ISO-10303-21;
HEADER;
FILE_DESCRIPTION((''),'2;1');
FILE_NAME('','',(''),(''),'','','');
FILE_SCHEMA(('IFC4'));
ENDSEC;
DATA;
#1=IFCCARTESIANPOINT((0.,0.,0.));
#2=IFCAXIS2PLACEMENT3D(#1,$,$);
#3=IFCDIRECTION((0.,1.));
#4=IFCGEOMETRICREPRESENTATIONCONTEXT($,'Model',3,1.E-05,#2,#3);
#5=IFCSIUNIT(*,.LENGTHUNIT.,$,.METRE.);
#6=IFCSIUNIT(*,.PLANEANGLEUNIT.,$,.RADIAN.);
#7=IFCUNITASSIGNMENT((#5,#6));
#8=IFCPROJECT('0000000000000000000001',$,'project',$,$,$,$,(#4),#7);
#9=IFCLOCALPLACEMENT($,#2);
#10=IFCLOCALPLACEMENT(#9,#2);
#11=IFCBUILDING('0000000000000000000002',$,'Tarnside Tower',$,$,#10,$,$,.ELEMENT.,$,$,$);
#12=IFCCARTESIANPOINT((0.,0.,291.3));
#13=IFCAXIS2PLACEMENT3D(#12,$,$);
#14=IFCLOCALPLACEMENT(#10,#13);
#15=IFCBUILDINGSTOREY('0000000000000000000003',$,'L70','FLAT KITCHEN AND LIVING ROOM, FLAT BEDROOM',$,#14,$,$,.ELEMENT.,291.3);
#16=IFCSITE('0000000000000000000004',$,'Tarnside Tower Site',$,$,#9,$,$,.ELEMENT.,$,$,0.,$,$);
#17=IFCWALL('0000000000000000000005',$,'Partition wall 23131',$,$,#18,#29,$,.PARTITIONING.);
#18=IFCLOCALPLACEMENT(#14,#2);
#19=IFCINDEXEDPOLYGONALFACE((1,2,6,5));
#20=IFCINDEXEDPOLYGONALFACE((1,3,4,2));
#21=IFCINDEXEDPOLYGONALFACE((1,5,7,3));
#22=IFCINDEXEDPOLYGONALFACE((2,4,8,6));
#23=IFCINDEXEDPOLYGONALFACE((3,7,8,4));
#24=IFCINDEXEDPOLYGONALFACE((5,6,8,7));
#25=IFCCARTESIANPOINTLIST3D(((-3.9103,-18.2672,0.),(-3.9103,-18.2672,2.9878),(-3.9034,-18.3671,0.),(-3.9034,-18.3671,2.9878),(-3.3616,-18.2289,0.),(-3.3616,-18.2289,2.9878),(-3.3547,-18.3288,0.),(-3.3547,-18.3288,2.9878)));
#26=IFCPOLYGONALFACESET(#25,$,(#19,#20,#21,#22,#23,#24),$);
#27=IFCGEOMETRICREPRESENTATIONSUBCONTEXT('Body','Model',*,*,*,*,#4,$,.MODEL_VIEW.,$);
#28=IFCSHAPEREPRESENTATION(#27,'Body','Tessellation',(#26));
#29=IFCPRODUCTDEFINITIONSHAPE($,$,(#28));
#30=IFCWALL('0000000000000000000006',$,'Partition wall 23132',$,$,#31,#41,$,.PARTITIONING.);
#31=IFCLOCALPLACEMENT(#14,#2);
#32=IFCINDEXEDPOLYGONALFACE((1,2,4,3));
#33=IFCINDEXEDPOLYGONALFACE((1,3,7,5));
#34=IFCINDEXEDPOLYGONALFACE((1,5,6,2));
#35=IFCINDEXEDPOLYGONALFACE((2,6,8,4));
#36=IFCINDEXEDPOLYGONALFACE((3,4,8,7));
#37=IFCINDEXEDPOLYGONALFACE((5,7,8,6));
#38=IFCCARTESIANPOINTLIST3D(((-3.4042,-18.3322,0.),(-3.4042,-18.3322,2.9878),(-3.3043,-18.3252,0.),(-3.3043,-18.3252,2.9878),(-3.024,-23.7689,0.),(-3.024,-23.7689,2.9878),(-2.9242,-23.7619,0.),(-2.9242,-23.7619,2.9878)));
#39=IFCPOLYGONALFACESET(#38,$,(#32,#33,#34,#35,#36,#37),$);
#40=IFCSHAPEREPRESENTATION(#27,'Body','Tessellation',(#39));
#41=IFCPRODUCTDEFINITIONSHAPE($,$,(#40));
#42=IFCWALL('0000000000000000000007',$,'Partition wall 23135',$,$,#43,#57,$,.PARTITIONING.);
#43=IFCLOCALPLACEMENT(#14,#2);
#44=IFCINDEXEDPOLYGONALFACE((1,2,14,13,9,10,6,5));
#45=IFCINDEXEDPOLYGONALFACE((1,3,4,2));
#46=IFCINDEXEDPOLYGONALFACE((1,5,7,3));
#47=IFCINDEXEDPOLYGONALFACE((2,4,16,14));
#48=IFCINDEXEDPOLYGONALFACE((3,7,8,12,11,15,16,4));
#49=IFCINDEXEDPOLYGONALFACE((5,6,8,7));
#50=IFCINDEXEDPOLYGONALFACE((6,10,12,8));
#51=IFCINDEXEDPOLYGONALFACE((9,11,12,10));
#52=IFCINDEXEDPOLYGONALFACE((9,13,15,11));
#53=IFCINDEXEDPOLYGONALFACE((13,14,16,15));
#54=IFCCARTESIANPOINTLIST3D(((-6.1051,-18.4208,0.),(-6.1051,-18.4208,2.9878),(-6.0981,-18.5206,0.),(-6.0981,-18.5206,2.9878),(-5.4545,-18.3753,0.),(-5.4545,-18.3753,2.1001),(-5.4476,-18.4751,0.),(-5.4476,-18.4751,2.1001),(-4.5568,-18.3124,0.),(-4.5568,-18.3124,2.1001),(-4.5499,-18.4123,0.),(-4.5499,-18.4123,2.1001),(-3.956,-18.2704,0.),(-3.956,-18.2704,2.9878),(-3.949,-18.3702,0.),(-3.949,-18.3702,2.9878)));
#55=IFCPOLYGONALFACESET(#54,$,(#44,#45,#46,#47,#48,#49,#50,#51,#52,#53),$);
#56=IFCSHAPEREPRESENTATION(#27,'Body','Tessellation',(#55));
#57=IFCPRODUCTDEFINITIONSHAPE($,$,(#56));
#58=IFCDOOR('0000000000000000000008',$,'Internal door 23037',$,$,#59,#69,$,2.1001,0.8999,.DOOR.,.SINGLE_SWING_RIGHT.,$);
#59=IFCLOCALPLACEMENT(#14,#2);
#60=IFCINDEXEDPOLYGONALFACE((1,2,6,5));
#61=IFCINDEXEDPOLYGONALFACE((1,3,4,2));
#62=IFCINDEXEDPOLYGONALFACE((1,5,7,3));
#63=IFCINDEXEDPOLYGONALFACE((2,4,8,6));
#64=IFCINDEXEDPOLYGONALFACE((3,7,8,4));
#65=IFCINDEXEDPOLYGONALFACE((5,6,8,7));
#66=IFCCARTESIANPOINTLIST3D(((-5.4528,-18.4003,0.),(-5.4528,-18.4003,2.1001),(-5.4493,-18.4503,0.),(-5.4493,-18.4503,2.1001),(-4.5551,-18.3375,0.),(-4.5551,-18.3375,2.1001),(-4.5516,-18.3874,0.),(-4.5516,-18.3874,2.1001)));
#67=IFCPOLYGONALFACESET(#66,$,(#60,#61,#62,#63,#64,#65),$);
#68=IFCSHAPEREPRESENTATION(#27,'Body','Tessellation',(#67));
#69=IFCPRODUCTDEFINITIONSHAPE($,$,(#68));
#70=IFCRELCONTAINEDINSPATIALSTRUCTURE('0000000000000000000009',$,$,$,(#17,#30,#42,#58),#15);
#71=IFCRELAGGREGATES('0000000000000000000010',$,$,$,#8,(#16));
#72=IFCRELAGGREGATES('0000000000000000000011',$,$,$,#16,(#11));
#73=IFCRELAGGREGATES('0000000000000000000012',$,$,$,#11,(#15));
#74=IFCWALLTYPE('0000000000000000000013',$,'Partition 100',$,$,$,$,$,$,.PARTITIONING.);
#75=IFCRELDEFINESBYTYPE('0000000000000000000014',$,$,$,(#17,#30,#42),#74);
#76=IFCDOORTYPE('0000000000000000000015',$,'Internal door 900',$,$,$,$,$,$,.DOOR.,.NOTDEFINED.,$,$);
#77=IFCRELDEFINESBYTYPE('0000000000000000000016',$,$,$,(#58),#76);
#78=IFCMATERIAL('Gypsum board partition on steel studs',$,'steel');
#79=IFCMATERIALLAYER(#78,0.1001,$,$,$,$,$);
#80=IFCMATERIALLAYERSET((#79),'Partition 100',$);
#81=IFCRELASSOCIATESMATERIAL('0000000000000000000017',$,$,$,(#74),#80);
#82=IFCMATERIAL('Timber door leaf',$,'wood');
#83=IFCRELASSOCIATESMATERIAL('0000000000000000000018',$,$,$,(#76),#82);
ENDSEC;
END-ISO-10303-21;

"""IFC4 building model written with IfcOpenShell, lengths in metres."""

from ifc_helpers import new_model, si_unit, direction, frame, frame_2d, origin, place, context, subcontext, project, spatial, rectangle, extrude, material, layer, layer_set, type_object, element, fill, save


model = new_model("IFC4")

# Units and contexts
model_context = context("Model", 3, precision=1e-05, world=origin(), true_north=direction((0.0, 1.0)))
body_context = subcontext(model_context, "Body", "Model", "MODEL_VIEW")
ifc_project = project(units=[si_unit("LENGTHUNIT", "METRE"), si_unit("PLANEANGLEUNIT", "RADIAN")], contexts=[model_context])

# Site, building, storey
site_placement = place(None, origin())
site = spatial("IfcSite", under=ifc_project, at=site_placement, Name="Tarnside Tower Site", CompositionType="ELEMENT", RefElevation=0.0)
building_placement = place(site_placement, origin())
building = spatial("IfcBuilding", under=site, at=building_placement, Name="Tarnside Tower", CompositionType="ELEMENT")
storey_placement = place(building_placement, frame((0.0, 0.0, 291.3)))
storey = spatial("IfcBuildingStorey", under=building, at=storey_placement, Name="L70", Description="FLAT KITCHEN AND LIVING ROOM, FLAT BEDROOM", CompositionType="ELEMENT", Elevation=291.3)

# Shared definitions
ifc_material_1 = material(Name="Gypsum board partition on steel studs", Category="steel")

# Shared definitions
ifc_material_2 = material(Name="Timber door leaf", Category="wood")

# Shared definitions
ifc_layer_1 = layer(ifc_material_1, 0.1001)
ifc_layer_set_1 = layer_set([ifc_layer_1], Name="Partition 100")
wall_type_1 = type_object("IfcWallType", Name="Partition 100", PredefinedType="PARTITIONING", material=ifc_layer_set_1)
door_type_1 = type_object("IfcDoorType", Name="Internal door 900", OperationType="NOTDEFINED", PredefinedType="DOOR", material=ifc_material_2)

# Walls
wall_1_placement = place(storey_placement, frame((-3.9067, -18.3171, 0.0), z_axis=(0.0, 0.0, 1.0), x_axis=(0.99757, 0.06967, 0.0)))
element("IfcWall", 1, at=wall_1_placement, inside=storey, type_object=wall_type_1, Name="Partition wall 23131", PredefinedType="PARTITIONING", context=body_context, shape_type="SweptSolid", body=[
    extrude(rectangle(XDim=0.55, YDim=0.1001, at=frame_2d((0.2749, 0.0))), origin(), (0.0, 0.0, 1.0), 2.9878),
])
wall_2_placement = place(storey_placement, frame((-3.3542, -18.3286, 0.0), z_axis=(0.0, 0.0, 1.0), x_axis=(0.069748, -0.997565, 0.0)))
element("IfcWall", 2, at=wall_2_placement, inside=storey, type_object=wall_type_1, Name="Partition wall 23132", PredefinedType="PARTITIONING", context=body_context, shape_type="SweptSolid", body=[
    extrude(rectangle(XDim=5.45, YDim=0.1001, at=frame_2d((2.7251, 0.0))), origin(), (0.0, 0.0, 1.0), 2.9878),
])

# Wall, opening, door
wall_3_placement = place(storey_placement, frame((-6.1016, -18.4707, 0.0), z_axis=(0.0, 0.0, 1.0), x_axis=(0.99756, 0.069813, 0.0)))
wall_3 = element("IfcWall", 3, at=wall_3_placement, inside=storey, type_object=wall_type_1, Name="Partition wall 23135", PredefinedType="PARTITIONING", context=body_context, shape_type="SweptSolid", body=[
    extrude(rectangle(XDim=2.1543, YDim=0.1001, at=frame_2d((1.0771, 0.0))), origin(), (0.0, 0.0, 1.0), 2.9878),
])
opening_1_placement = place(wall_3_placement, frame((0.6521, 0.0, 0.0)))
opening_1 = element("IfcOpeningElement", 4, at=opening_1_placement, cuts=wall_3, PredefinedType="OPENING", context=body_context, shape_type="SweptSolid", body=[
    extrude(rectangle(XDim=0.8999, YDim=2.1001, at=frame_2d((0.45, 1.05))), frame((0.0, 0.0601, 0.0), z_axis=(0.0, -1.0, 0.0), x_axis=(1.0, 0.0, 0.0)), (0.0, 0.0, 1.0), 0.1201),
])
door_1_placement = place(opening_1_placement, origin())
door_1 = element("IfcDoor", 5, at=door_1_placement, inside=storey, type_object=door_type_1, Name="Internal door 23037", OperationType="SINGLE_SWING_RIGHT", OverallHeight=2.1001, OverallWidth=0.8999, PredefinedType="DOOR", context=body_context, shape_type="SweptSolid", body=[
    extrude(rectangle(XDim=0.8999, YDim=2.1001, at=frame_2d((0.45, 1.05))), frame((0.0, 0.0249, 0.0), z_axis=(0.0, -1.0, 0.0), x_axis=(1.0, 0.0, 0.0)), (0.0, 0.0, 1.0), 0.05),
])
fill(opening_1, door_1)

save(model, "model.ifc")
